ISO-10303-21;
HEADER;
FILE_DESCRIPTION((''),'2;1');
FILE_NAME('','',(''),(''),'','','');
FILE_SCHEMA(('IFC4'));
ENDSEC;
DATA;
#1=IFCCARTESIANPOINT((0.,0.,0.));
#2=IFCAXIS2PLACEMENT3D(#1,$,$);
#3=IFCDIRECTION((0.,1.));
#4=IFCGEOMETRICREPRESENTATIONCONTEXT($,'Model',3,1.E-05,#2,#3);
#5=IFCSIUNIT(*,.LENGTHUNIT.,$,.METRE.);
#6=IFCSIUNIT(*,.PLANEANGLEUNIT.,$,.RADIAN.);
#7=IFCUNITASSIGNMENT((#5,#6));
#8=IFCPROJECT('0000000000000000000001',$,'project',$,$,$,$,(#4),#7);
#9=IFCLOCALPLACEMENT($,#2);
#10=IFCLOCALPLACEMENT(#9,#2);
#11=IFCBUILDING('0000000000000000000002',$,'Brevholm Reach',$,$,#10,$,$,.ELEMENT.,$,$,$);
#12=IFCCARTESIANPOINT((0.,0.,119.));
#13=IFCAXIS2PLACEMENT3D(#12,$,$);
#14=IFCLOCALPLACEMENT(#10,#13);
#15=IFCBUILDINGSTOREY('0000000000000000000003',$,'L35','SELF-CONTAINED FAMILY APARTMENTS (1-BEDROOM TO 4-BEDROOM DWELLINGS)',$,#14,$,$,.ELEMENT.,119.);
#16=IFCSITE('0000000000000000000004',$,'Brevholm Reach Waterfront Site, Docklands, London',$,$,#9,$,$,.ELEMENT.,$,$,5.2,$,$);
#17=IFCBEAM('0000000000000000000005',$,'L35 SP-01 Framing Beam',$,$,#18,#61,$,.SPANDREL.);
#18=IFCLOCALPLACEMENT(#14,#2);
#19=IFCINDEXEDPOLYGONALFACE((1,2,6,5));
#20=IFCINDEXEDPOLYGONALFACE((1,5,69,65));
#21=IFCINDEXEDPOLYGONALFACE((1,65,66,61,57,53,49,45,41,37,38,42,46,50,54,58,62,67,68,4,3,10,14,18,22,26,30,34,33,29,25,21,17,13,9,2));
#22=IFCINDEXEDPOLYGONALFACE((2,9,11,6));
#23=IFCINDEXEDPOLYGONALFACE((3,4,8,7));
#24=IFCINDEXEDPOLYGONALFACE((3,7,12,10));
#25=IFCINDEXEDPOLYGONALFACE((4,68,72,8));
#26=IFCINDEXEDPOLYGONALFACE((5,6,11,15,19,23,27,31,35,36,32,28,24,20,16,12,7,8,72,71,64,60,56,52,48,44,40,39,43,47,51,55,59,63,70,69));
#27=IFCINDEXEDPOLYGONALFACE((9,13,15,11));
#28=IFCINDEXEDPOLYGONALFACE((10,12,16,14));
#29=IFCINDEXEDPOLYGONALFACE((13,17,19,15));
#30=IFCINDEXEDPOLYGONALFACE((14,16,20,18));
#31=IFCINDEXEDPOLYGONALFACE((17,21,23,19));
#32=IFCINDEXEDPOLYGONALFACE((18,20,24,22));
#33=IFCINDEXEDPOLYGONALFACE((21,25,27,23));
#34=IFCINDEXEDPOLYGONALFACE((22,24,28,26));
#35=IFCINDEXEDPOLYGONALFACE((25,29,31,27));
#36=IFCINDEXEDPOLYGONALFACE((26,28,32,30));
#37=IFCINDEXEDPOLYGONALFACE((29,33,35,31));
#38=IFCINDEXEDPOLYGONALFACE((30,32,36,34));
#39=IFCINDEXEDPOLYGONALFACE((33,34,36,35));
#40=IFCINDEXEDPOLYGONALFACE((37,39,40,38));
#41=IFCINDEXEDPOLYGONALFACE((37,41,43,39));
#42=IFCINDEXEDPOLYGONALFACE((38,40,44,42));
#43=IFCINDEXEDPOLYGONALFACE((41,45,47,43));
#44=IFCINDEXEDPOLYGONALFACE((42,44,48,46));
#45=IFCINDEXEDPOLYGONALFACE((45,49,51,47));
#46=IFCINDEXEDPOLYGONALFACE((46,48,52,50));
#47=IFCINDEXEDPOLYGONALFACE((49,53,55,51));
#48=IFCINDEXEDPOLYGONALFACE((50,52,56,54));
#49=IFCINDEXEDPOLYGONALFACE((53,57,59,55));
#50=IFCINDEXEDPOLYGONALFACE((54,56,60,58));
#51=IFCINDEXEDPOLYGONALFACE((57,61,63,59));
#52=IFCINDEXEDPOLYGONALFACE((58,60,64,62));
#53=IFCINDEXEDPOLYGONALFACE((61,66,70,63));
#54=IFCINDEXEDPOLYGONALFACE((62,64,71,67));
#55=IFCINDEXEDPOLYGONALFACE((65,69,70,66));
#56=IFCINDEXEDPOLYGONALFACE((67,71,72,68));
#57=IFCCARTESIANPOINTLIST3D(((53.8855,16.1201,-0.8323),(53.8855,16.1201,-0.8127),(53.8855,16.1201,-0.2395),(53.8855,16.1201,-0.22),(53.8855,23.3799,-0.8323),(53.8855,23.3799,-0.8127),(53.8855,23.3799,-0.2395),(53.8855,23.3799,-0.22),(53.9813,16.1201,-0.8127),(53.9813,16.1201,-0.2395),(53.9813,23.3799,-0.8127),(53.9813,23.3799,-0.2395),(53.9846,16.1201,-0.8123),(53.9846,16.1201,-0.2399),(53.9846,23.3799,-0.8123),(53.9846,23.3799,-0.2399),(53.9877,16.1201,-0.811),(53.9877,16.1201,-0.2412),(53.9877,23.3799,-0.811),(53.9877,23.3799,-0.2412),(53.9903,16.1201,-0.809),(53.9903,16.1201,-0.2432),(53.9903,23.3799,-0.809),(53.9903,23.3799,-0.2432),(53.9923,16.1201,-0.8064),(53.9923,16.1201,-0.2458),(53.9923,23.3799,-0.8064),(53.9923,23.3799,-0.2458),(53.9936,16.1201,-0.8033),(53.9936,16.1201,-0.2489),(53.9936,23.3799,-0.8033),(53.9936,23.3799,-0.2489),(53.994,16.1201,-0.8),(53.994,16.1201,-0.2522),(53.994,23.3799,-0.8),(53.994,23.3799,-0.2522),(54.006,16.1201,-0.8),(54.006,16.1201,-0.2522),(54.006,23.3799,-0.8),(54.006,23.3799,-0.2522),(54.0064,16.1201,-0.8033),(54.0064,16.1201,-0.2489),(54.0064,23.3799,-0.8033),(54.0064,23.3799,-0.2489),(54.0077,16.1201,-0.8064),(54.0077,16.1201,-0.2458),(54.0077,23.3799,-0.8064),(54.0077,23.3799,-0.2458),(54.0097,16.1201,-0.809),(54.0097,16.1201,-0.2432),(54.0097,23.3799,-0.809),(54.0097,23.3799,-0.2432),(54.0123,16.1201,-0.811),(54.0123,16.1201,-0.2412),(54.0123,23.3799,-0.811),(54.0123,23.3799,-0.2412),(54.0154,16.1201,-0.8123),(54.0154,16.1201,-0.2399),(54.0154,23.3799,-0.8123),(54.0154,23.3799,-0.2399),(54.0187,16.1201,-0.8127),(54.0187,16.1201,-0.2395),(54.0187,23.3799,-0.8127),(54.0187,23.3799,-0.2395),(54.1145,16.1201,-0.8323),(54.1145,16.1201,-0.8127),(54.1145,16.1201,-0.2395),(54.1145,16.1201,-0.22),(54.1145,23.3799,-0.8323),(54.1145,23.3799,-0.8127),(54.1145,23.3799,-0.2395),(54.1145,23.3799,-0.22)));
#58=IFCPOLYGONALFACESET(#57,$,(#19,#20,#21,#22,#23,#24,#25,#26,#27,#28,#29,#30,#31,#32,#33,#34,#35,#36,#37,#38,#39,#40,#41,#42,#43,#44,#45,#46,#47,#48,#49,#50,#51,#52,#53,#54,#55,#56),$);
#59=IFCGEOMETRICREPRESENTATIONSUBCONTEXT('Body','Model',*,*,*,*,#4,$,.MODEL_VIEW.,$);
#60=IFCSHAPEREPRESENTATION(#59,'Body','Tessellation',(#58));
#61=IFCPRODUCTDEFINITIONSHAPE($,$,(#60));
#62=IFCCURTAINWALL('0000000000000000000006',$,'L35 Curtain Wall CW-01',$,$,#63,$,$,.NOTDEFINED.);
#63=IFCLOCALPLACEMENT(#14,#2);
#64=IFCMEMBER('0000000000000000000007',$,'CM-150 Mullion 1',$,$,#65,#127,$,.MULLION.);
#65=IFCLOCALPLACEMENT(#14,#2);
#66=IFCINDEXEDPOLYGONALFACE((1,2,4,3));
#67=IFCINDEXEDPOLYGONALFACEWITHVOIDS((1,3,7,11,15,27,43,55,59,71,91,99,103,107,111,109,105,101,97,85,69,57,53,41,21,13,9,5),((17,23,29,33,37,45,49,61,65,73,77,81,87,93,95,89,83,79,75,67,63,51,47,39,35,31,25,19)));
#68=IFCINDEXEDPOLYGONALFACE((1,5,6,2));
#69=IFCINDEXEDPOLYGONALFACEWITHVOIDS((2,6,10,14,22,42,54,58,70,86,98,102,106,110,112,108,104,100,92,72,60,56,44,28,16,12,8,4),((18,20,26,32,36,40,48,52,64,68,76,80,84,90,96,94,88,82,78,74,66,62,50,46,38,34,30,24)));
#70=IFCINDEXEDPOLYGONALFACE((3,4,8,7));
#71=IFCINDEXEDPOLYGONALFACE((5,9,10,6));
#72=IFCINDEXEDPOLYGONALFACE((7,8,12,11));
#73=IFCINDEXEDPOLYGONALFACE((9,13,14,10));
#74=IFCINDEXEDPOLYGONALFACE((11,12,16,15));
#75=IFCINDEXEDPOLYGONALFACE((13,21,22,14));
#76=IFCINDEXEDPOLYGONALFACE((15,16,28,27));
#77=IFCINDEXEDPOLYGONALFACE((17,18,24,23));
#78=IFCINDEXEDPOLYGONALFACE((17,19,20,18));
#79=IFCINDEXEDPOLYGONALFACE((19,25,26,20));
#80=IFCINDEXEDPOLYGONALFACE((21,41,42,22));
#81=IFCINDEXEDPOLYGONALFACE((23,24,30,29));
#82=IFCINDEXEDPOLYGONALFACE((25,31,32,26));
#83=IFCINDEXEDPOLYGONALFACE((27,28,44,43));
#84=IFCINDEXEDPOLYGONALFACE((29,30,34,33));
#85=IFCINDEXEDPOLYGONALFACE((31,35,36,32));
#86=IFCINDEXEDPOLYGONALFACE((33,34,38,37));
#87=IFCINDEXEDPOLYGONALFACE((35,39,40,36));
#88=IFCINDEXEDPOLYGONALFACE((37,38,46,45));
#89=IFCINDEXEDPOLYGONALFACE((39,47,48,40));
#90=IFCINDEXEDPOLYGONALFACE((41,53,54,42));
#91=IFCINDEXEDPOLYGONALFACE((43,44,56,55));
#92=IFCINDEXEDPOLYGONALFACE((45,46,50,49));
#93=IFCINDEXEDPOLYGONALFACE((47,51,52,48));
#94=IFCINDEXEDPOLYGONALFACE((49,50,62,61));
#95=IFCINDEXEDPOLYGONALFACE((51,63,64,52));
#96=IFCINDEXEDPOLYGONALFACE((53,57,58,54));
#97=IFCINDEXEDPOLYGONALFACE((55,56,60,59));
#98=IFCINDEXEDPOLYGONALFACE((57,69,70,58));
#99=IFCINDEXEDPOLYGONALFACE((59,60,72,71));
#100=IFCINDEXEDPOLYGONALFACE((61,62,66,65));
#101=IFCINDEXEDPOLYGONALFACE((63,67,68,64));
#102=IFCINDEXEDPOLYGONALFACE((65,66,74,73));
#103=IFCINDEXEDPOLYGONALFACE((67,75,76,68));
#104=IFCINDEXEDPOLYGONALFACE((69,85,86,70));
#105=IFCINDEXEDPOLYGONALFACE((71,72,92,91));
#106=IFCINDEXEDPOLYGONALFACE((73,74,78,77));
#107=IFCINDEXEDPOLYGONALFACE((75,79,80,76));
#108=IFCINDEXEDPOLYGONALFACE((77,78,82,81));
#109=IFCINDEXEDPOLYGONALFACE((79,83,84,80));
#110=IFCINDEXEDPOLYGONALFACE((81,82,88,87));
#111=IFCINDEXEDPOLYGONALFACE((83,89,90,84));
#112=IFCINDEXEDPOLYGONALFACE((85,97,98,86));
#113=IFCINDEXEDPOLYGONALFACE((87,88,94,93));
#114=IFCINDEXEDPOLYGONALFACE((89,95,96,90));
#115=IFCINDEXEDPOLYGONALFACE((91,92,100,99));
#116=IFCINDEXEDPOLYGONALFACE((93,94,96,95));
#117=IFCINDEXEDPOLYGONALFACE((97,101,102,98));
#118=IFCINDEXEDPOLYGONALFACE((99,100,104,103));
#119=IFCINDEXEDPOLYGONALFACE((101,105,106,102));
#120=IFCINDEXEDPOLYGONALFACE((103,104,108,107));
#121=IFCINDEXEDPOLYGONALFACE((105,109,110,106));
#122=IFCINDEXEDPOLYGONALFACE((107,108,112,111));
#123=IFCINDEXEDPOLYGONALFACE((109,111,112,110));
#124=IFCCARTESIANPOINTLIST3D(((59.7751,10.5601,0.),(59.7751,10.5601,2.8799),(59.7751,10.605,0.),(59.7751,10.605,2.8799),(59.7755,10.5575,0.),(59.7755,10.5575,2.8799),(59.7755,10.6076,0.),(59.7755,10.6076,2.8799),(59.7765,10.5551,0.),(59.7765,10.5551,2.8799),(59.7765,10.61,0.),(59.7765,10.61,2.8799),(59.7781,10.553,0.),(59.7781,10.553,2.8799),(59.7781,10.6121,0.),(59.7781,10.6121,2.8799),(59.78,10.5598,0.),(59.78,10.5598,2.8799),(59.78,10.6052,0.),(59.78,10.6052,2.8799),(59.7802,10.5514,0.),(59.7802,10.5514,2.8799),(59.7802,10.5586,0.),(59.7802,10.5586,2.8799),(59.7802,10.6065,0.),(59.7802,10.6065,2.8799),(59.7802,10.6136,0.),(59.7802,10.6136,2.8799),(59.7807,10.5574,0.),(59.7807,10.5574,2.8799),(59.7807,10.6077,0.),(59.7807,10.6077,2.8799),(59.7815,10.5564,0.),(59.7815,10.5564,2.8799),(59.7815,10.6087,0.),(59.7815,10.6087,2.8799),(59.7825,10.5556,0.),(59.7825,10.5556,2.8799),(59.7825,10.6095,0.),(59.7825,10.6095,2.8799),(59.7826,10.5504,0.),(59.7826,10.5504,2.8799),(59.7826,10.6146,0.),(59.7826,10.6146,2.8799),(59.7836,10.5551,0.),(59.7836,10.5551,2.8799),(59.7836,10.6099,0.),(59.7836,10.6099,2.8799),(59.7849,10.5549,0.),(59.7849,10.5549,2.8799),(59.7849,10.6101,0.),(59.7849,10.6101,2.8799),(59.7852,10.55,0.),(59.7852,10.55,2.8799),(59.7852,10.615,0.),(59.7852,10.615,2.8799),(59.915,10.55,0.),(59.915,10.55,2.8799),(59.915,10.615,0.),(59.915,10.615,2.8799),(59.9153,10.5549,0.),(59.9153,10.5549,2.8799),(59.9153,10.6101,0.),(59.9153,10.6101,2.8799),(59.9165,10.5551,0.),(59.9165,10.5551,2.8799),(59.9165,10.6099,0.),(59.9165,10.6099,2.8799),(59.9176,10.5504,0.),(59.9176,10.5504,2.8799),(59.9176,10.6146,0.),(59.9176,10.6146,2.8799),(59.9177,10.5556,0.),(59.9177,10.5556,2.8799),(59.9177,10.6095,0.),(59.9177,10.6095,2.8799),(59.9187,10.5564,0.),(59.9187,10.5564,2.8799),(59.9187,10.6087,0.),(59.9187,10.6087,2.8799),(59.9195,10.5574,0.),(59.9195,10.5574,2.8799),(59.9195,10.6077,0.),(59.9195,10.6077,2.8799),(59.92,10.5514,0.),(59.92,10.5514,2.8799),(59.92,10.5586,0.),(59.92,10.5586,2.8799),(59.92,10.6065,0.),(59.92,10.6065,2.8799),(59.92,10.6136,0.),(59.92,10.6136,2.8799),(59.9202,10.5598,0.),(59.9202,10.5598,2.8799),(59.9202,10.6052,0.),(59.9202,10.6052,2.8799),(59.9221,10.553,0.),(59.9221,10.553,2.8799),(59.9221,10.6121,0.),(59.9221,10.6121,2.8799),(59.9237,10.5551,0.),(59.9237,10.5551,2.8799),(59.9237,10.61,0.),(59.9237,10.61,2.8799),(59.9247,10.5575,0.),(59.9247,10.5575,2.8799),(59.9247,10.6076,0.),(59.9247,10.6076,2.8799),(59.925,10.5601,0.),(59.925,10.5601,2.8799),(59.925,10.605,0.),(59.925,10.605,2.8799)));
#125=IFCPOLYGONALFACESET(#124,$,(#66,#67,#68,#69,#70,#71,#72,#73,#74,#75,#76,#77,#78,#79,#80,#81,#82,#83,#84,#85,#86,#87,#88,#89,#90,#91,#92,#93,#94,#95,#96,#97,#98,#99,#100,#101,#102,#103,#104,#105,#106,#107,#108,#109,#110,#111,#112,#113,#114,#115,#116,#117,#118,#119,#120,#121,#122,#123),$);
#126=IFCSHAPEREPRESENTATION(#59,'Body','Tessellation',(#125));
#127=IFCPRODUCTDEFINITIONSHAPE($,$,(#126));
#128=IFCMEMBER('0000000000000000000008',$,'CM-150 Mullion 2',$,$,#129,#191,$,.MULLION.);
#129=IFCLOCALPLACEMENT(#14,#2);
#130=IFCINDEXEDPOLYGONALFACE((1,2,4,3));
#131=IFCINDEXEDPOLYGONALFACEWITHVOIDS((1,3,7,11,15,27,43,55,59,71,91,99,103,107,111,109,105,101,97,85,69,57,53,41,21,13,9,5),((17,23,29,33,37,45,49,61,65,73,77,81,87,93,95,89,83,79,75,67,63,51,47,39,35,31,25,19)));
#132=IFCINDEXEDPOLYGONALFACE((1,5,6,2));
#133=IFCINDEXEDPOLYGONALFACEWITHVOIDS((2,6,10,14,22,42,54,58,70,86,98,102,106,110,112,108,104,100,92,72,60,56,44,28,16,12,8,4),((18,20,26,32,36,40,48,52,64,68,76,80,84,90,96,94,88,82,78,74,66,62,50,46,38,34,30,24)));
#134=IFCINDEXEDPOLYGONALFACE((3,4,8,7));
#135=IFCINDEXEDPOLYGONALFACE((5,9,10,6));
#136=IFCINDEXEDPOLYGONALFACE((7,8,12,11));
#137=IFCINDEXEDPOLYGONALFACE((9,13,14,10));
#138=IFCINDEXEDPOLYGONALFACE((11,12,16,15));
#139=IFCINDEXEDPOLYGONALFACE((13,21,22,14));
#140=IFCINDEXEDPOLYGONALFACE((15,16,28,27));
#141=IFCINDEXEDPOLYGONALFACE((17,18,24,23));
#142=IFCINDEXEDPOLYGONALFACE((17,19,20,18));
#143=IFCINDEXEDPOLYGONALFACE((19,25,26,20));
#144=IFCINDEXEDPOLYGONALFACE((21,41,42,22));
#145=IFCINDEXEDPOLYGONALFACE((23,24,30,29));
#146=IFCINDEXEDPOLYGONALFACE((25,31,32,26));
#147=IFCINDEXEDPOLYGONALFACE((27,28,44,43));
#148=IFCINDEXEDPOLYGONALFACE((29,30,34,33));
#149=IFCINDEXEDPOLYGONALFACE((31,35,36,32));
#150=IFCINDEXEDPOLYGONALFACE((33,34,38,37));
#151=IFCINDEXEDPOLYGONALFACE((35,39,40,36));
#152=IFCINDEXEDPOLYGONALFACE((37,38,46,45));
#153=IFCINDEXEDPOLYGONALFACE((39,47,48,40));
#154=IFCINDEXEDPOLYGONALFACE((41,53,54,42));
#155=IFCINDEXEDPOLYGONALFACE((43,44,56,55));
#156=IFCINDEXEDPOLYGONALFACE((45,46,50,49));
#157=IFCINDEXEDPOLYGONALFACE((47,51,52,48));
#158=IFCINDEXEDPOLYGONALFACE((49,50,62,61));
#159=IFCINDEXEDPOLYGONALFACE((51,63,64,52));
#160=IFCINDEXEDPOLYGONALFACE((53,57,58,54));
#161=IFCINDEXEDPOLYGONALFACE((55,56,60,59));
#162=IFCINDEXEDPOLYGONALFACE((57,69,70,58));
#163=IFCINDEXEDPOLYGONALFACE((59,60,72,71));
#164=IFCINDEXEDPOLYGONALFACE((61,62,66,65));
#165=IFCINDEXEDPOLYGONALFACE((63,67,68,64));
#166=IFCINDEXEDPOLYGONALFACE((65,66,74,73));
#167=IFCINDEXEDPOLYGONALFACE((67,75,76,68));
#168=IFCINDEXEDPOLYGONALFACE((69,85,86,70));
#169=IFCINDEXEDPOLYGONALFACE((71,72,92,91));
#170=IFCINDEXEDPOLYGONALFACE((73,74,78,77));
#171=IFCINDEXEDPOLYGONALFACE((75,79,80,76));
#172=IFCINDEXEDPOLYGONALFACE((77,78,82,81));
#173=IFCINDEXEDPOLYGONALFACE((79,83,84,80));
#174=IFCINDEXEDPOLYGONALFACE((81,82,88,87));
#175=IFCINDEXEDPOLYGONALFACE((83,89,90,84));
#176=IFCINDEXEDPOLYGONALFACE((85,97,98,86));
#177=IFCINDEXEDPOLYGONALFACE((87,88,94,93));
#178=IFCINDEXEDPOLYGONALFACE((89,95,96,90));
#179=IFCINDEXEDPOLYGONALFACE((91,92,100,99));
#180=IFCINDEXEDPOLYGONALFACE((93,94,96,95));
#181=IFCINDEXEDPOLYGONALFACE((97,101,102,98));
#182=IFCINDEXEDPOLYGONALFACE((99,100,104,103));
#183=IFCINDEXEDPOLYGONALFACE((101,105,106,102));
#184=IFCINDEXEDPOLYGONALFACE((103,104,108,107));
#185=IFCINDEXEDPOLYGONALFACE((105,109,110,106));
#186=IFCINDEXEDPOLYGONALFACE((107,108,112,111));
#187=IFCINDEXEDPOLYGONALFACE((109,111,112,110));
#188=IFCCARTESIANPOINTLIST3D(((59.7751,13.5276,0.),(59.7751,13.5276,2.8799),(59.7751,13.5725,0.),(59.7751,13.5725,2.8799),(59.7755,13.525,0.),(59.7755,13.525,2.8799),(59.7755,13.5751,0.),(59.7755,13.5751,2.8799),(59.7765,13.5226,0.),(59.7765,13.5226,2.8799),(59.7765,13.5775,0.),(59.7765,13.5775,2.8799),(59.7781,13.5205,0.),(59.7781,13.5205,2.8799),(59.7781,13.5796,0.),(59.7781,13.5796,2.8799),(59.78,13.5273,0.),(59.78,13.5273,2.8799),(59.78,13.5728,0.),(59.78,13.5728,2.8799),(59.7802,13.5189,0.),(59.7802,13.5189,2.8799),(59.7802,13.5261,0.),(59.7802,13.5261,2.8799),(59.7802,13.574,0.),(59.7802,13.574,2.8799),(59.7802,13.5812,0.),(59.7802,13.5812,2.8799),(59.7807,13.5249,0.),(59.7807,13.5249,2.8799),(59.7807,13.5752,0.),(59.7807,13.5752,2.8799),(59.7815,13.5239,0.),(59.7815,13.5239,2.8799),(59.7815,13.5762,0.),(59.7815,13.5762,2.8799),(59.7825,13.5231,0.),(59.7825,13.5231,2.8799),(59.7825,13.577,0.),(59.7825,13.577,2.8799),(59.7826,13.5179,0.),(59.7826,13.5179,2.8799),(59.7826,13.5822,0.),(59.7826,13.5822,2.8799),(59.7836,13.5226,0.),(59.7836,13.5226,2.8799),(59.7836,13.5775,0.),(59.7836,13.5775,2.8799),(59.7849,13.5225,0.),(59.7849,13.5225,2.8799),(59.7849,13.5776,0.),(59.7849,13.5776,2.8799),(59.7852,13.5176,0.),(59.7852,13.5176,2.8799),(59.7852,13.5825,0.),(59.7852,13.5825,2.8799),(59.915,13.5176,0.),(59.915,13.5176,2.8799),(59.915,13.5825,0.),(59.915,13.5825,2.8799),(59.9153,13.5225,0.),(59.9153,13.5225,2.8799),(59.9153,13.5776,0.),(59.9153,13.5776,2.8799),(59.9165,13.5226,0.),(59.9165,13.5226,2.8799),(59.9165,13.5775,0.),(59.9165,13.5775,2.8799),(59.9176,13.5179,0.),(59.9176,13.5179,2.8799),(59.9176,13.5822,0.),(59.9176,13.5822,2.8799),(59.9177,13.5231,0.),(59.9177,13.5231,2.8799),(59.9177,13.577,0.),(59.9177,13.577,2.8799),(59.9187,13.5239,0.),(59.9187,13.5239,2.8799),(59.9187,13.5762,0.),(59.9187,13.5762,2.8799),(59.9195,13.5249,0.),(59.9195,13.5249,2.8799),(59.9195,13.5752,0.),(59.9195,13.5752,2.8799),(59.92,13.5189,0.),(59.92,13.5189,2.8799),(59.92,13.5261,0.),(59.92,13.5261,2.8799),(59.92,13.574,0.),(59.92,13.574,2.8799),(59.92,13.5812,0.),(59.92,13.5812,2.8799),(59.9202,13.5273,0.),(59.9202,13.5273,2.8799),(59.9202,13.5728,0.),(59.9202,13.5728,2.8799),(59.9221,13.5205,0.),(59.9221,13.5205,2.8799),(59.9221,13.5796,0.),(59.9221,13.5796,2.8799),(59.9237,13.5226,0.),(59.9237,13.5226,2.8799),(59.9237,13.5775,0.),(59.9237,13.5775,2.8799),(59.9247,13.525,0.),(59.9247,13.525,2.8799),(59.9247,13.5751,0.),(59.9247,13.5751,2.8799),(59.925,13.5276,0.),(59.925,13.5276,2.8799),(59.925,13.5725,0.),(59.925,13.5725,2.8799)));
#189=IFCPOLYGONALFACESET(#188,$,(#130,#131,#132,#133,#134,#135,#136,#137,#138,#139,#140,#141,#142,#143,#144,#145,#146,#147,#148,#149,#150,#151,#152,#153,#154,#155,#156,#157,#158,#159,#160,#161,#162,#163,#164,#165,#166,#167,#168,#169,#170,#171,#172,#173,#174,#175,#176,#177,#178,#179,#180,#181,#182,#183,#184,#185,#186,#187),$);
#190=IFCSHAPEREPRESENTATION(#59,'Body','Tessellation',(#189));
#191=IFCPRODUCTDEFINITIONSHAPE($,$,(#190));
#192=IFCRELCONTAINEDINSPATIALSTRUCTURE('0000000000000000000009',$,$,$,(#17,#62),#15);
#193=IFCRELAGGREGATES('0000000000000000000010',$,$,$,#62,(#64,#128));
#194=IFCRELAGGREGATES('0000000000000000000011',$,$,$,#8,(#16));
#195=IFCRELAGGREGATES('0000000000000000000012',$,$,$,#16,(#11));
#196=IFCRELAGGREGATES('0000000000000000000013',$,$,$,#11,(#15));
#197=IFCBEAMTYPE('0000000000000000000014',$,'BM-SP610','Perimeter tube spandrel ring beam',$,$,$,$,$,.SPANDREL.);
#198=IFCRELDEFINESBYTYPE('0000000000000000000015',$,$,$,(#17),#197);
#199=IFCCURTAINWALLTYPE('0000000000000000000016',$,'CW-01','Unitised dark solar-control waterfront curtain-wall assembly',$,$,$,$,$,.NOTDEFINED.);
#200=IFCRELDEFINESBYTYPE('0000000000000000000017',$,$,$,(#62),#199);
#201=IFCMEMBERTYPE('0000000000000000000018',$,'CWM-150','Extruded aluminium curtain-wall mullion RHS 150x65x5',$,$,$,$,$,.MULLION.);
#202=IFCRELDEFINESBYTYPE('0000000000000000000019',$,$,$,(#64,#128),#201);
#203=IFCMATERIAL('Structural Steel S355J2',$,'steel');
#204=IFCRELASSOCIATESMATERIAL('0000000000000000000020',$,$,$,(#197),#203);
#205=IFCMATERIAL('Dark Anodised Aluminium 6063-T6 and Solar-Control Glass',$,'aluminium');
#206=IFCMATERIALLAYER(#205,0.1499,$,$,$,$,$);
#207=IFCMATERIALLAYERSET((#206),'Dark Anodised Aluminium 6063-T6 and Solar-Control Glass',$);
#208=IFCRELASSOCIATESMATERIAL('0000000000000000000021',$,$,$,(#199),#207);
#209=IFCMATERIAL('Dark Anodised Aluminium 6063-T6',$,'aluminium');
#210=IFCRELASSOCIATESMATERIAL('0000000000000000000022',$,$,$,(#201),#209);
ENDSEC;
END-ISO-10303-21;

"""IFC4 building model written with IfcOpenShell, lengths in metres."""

from ifc_helpers import new_model, si_unit, direction, frame, origin, origin_2d, place, context, subcontext, project, spatial, hollow_rectangle, i_section, extrude, material, layer, layer_set, material_profile, profile_set, type_object, element, aggregate, save


model = new_model("IFC4")

# Units and contexts
model_context = context("Model", 3, precision=1e-05, world=origin(), true_north=direction((0.0, 1.0)))
body_context = subcontext(model_context, "Body", "Model", "MODEL_VIEW")
ifc_project = project(units=[si_unit("LENGTHUNIT", "METRE"), si_unit("PLANEANGLEUNIT", "RADIAN")], contexts=[model_context])

# Site, building, storey
site_placement = place(None, origin())
site = spatial("IfcSite", under=ifc_project, at=site_placement, Name="Brevholm Reach Waterfront Site, Docklands, London", CompositionType="ELEMENT", RefElevation=5.2)
building_placement = place(site_placement, origin())
building = spatial("IfcBuilding", under=site, at=building_placement, Name="Brevholm Reach", CompositionType="ELEMENT")
storey_placement = place(building_placement, frame((0.0, 0.0, 119.0)))
storey = spatial("IfcBuildingStorey", under=building, at=storey_placement, Name="L35", Description="SELF-CONTAINED FAMILY APARTMENTS (1-BEDROOM TO 4-BEDROOM DWELLINGS)", CompositionType="ELEMENT", Elevation=119.0)

# Beam
ifc_material_1 = material(Name="Structural Steel S355J2", Category="steel")
ifc_material_profile_1 = material_profile(ifc_material_1, i_section(OverallWidth=0.229, OverallDepth=0.6123, WebThickness=0.012, FlangeThickness=0.0195, FilletRadius=0.0127, at=origin_2d()), Name="UKB 610x229x125")
ifc_profile_set_1 = profile_set([ifc_material_profile_1], Name="Structural Steel S355J2")
beam_type_1 = type_object("IfcBeamType", Name="BM-SP610", Description="Perimeter tube spandrel ring beam", PredefinedType="SPANDREL", material=ifc_profile_set_1)
beam_1_placement = place(storey_placement, frame((54.0, 16.1201, -0.5261), z_axis=(0.0, 1.0, 0.0), x_axis=(-1.0, 0.0, 0.0)))
element("IfcBeam", 1, at=beam_1_placement, inside=storey, type_object=beam_type_1, Name="L35 SP-01 Framing Beam", PredefinedType="SPANDREL", context=body_context, shape_type="SweptSolid", body=[
    extrude(i_section(OverallWidth=0.229, OverallDepth=0.6123, WebThickness=0.012, FlangeThickness=0.0195, FilletRadius=0.0127, at=origin_2d()), origin(), (0.0, 0.0, 1.0), 7.2598),
])

# Curtain wall, members
ifc_material_2 = material(Name="Dark Anodised Aluminium 6063-T6 and Solar-Control Glass", Category="aluminium")
ifc_layer_1 = layer(ifc_material_2, 0.1499)
ifc_layer_set_1 = layer_set([ifc_layer_1], Name="Dark Anodised Aluminium 6063-T6 and Solar-Control Glass")
curtain_wall_type = type_object("IfcCurtainWallType", Name="CW-01", Description="Unitised dark solar-control waterfront curtain-wall assembly", PredefinedType="NOTDEFINED", material=ifc_layer_set_1)
curtain_wall_placement = place(storey_placement, origin())
curtain_wall = element("IfcCurtainWall", 2, at=curtain_wall_placement, inside=storey, type_object=curtain_wall_type, Name="L35 Curtain Wall CW-01", PredefinedType="NOTDEFINED")
ifc_material_3 = material(Name="Dark Anodised Aluminium 6063-T6", Category="aluminium")
ifc_material_profile_2 = material_profile(ifc_material_3, hollow_rectangle(XDim=0.0649, YDim=0.1499, WallThickness=0.0049, InnerFilletRadius=0.0049, OuterFilletRadius=0.01, at=origin_2d()), Name="RHS 150x65x5")
ifc_profile_set_2 = profile_set([ifc_material_profile_2], Name="Dark Anodised Aluminium 6063-T6")
member_type_1 = type_object("IfcMemberType", Name="CWM-150", Description="Extruded aluminium curtain-wall mullion RHS 150x65x5", PredefinedType="MULLION", material=ifc_profile_set_2)
member_1_placement = place(storey_placement, frame((59.8501, 10.5825, 0.0), z_axis=(0.0, 0.0, 1.0), x_axis=(0.0, 1.0, 0.0)))
member_1 = element("IfcMember", 3, at=member_1_placement, type_object=member_type_1, Name="CM-150 Mullion 1", PredefinedType="MULLION", context=body_context, shape_type="SweptSolid", body=[
    extrude(hollow_rectangle(XDim=0.0649, YDim=0.1499, WallThickness=0.0049, InnerFilletRadius=0.0049, OuterFilletRadius=0.01, at=origin_2d()), origin(), (0.0, 0.0, 1.0), 2.8799),
])
member_2_placement = place(storey_placement, frame((59.8501, 13.55, 0.0), z_axis=(0.0, 0.0, 1.0), x_axis=(0.0, 1.0, 0.0)))
member_2 = element("IfcMember", 4, at=member_2_placement, type_object=member_type_1, Name="CM-150 Mullion 2", PredefinedType="MULLION", context=body_context, shape_type="SweptSolid", body=[
    extrude(hollow_rectangle(XDim=0.0649, YDim=0.1499, WallThickness=0.0049, InnerFilletRadius=0.0049, OuterFilletRadius=0.01, at=origin_2d()), origin(), (0.0, 0.0, 1.0), 2.8799),
])
aggregate(curtain_wall, [member_1, member_2])

save(model, "model.ifc")
